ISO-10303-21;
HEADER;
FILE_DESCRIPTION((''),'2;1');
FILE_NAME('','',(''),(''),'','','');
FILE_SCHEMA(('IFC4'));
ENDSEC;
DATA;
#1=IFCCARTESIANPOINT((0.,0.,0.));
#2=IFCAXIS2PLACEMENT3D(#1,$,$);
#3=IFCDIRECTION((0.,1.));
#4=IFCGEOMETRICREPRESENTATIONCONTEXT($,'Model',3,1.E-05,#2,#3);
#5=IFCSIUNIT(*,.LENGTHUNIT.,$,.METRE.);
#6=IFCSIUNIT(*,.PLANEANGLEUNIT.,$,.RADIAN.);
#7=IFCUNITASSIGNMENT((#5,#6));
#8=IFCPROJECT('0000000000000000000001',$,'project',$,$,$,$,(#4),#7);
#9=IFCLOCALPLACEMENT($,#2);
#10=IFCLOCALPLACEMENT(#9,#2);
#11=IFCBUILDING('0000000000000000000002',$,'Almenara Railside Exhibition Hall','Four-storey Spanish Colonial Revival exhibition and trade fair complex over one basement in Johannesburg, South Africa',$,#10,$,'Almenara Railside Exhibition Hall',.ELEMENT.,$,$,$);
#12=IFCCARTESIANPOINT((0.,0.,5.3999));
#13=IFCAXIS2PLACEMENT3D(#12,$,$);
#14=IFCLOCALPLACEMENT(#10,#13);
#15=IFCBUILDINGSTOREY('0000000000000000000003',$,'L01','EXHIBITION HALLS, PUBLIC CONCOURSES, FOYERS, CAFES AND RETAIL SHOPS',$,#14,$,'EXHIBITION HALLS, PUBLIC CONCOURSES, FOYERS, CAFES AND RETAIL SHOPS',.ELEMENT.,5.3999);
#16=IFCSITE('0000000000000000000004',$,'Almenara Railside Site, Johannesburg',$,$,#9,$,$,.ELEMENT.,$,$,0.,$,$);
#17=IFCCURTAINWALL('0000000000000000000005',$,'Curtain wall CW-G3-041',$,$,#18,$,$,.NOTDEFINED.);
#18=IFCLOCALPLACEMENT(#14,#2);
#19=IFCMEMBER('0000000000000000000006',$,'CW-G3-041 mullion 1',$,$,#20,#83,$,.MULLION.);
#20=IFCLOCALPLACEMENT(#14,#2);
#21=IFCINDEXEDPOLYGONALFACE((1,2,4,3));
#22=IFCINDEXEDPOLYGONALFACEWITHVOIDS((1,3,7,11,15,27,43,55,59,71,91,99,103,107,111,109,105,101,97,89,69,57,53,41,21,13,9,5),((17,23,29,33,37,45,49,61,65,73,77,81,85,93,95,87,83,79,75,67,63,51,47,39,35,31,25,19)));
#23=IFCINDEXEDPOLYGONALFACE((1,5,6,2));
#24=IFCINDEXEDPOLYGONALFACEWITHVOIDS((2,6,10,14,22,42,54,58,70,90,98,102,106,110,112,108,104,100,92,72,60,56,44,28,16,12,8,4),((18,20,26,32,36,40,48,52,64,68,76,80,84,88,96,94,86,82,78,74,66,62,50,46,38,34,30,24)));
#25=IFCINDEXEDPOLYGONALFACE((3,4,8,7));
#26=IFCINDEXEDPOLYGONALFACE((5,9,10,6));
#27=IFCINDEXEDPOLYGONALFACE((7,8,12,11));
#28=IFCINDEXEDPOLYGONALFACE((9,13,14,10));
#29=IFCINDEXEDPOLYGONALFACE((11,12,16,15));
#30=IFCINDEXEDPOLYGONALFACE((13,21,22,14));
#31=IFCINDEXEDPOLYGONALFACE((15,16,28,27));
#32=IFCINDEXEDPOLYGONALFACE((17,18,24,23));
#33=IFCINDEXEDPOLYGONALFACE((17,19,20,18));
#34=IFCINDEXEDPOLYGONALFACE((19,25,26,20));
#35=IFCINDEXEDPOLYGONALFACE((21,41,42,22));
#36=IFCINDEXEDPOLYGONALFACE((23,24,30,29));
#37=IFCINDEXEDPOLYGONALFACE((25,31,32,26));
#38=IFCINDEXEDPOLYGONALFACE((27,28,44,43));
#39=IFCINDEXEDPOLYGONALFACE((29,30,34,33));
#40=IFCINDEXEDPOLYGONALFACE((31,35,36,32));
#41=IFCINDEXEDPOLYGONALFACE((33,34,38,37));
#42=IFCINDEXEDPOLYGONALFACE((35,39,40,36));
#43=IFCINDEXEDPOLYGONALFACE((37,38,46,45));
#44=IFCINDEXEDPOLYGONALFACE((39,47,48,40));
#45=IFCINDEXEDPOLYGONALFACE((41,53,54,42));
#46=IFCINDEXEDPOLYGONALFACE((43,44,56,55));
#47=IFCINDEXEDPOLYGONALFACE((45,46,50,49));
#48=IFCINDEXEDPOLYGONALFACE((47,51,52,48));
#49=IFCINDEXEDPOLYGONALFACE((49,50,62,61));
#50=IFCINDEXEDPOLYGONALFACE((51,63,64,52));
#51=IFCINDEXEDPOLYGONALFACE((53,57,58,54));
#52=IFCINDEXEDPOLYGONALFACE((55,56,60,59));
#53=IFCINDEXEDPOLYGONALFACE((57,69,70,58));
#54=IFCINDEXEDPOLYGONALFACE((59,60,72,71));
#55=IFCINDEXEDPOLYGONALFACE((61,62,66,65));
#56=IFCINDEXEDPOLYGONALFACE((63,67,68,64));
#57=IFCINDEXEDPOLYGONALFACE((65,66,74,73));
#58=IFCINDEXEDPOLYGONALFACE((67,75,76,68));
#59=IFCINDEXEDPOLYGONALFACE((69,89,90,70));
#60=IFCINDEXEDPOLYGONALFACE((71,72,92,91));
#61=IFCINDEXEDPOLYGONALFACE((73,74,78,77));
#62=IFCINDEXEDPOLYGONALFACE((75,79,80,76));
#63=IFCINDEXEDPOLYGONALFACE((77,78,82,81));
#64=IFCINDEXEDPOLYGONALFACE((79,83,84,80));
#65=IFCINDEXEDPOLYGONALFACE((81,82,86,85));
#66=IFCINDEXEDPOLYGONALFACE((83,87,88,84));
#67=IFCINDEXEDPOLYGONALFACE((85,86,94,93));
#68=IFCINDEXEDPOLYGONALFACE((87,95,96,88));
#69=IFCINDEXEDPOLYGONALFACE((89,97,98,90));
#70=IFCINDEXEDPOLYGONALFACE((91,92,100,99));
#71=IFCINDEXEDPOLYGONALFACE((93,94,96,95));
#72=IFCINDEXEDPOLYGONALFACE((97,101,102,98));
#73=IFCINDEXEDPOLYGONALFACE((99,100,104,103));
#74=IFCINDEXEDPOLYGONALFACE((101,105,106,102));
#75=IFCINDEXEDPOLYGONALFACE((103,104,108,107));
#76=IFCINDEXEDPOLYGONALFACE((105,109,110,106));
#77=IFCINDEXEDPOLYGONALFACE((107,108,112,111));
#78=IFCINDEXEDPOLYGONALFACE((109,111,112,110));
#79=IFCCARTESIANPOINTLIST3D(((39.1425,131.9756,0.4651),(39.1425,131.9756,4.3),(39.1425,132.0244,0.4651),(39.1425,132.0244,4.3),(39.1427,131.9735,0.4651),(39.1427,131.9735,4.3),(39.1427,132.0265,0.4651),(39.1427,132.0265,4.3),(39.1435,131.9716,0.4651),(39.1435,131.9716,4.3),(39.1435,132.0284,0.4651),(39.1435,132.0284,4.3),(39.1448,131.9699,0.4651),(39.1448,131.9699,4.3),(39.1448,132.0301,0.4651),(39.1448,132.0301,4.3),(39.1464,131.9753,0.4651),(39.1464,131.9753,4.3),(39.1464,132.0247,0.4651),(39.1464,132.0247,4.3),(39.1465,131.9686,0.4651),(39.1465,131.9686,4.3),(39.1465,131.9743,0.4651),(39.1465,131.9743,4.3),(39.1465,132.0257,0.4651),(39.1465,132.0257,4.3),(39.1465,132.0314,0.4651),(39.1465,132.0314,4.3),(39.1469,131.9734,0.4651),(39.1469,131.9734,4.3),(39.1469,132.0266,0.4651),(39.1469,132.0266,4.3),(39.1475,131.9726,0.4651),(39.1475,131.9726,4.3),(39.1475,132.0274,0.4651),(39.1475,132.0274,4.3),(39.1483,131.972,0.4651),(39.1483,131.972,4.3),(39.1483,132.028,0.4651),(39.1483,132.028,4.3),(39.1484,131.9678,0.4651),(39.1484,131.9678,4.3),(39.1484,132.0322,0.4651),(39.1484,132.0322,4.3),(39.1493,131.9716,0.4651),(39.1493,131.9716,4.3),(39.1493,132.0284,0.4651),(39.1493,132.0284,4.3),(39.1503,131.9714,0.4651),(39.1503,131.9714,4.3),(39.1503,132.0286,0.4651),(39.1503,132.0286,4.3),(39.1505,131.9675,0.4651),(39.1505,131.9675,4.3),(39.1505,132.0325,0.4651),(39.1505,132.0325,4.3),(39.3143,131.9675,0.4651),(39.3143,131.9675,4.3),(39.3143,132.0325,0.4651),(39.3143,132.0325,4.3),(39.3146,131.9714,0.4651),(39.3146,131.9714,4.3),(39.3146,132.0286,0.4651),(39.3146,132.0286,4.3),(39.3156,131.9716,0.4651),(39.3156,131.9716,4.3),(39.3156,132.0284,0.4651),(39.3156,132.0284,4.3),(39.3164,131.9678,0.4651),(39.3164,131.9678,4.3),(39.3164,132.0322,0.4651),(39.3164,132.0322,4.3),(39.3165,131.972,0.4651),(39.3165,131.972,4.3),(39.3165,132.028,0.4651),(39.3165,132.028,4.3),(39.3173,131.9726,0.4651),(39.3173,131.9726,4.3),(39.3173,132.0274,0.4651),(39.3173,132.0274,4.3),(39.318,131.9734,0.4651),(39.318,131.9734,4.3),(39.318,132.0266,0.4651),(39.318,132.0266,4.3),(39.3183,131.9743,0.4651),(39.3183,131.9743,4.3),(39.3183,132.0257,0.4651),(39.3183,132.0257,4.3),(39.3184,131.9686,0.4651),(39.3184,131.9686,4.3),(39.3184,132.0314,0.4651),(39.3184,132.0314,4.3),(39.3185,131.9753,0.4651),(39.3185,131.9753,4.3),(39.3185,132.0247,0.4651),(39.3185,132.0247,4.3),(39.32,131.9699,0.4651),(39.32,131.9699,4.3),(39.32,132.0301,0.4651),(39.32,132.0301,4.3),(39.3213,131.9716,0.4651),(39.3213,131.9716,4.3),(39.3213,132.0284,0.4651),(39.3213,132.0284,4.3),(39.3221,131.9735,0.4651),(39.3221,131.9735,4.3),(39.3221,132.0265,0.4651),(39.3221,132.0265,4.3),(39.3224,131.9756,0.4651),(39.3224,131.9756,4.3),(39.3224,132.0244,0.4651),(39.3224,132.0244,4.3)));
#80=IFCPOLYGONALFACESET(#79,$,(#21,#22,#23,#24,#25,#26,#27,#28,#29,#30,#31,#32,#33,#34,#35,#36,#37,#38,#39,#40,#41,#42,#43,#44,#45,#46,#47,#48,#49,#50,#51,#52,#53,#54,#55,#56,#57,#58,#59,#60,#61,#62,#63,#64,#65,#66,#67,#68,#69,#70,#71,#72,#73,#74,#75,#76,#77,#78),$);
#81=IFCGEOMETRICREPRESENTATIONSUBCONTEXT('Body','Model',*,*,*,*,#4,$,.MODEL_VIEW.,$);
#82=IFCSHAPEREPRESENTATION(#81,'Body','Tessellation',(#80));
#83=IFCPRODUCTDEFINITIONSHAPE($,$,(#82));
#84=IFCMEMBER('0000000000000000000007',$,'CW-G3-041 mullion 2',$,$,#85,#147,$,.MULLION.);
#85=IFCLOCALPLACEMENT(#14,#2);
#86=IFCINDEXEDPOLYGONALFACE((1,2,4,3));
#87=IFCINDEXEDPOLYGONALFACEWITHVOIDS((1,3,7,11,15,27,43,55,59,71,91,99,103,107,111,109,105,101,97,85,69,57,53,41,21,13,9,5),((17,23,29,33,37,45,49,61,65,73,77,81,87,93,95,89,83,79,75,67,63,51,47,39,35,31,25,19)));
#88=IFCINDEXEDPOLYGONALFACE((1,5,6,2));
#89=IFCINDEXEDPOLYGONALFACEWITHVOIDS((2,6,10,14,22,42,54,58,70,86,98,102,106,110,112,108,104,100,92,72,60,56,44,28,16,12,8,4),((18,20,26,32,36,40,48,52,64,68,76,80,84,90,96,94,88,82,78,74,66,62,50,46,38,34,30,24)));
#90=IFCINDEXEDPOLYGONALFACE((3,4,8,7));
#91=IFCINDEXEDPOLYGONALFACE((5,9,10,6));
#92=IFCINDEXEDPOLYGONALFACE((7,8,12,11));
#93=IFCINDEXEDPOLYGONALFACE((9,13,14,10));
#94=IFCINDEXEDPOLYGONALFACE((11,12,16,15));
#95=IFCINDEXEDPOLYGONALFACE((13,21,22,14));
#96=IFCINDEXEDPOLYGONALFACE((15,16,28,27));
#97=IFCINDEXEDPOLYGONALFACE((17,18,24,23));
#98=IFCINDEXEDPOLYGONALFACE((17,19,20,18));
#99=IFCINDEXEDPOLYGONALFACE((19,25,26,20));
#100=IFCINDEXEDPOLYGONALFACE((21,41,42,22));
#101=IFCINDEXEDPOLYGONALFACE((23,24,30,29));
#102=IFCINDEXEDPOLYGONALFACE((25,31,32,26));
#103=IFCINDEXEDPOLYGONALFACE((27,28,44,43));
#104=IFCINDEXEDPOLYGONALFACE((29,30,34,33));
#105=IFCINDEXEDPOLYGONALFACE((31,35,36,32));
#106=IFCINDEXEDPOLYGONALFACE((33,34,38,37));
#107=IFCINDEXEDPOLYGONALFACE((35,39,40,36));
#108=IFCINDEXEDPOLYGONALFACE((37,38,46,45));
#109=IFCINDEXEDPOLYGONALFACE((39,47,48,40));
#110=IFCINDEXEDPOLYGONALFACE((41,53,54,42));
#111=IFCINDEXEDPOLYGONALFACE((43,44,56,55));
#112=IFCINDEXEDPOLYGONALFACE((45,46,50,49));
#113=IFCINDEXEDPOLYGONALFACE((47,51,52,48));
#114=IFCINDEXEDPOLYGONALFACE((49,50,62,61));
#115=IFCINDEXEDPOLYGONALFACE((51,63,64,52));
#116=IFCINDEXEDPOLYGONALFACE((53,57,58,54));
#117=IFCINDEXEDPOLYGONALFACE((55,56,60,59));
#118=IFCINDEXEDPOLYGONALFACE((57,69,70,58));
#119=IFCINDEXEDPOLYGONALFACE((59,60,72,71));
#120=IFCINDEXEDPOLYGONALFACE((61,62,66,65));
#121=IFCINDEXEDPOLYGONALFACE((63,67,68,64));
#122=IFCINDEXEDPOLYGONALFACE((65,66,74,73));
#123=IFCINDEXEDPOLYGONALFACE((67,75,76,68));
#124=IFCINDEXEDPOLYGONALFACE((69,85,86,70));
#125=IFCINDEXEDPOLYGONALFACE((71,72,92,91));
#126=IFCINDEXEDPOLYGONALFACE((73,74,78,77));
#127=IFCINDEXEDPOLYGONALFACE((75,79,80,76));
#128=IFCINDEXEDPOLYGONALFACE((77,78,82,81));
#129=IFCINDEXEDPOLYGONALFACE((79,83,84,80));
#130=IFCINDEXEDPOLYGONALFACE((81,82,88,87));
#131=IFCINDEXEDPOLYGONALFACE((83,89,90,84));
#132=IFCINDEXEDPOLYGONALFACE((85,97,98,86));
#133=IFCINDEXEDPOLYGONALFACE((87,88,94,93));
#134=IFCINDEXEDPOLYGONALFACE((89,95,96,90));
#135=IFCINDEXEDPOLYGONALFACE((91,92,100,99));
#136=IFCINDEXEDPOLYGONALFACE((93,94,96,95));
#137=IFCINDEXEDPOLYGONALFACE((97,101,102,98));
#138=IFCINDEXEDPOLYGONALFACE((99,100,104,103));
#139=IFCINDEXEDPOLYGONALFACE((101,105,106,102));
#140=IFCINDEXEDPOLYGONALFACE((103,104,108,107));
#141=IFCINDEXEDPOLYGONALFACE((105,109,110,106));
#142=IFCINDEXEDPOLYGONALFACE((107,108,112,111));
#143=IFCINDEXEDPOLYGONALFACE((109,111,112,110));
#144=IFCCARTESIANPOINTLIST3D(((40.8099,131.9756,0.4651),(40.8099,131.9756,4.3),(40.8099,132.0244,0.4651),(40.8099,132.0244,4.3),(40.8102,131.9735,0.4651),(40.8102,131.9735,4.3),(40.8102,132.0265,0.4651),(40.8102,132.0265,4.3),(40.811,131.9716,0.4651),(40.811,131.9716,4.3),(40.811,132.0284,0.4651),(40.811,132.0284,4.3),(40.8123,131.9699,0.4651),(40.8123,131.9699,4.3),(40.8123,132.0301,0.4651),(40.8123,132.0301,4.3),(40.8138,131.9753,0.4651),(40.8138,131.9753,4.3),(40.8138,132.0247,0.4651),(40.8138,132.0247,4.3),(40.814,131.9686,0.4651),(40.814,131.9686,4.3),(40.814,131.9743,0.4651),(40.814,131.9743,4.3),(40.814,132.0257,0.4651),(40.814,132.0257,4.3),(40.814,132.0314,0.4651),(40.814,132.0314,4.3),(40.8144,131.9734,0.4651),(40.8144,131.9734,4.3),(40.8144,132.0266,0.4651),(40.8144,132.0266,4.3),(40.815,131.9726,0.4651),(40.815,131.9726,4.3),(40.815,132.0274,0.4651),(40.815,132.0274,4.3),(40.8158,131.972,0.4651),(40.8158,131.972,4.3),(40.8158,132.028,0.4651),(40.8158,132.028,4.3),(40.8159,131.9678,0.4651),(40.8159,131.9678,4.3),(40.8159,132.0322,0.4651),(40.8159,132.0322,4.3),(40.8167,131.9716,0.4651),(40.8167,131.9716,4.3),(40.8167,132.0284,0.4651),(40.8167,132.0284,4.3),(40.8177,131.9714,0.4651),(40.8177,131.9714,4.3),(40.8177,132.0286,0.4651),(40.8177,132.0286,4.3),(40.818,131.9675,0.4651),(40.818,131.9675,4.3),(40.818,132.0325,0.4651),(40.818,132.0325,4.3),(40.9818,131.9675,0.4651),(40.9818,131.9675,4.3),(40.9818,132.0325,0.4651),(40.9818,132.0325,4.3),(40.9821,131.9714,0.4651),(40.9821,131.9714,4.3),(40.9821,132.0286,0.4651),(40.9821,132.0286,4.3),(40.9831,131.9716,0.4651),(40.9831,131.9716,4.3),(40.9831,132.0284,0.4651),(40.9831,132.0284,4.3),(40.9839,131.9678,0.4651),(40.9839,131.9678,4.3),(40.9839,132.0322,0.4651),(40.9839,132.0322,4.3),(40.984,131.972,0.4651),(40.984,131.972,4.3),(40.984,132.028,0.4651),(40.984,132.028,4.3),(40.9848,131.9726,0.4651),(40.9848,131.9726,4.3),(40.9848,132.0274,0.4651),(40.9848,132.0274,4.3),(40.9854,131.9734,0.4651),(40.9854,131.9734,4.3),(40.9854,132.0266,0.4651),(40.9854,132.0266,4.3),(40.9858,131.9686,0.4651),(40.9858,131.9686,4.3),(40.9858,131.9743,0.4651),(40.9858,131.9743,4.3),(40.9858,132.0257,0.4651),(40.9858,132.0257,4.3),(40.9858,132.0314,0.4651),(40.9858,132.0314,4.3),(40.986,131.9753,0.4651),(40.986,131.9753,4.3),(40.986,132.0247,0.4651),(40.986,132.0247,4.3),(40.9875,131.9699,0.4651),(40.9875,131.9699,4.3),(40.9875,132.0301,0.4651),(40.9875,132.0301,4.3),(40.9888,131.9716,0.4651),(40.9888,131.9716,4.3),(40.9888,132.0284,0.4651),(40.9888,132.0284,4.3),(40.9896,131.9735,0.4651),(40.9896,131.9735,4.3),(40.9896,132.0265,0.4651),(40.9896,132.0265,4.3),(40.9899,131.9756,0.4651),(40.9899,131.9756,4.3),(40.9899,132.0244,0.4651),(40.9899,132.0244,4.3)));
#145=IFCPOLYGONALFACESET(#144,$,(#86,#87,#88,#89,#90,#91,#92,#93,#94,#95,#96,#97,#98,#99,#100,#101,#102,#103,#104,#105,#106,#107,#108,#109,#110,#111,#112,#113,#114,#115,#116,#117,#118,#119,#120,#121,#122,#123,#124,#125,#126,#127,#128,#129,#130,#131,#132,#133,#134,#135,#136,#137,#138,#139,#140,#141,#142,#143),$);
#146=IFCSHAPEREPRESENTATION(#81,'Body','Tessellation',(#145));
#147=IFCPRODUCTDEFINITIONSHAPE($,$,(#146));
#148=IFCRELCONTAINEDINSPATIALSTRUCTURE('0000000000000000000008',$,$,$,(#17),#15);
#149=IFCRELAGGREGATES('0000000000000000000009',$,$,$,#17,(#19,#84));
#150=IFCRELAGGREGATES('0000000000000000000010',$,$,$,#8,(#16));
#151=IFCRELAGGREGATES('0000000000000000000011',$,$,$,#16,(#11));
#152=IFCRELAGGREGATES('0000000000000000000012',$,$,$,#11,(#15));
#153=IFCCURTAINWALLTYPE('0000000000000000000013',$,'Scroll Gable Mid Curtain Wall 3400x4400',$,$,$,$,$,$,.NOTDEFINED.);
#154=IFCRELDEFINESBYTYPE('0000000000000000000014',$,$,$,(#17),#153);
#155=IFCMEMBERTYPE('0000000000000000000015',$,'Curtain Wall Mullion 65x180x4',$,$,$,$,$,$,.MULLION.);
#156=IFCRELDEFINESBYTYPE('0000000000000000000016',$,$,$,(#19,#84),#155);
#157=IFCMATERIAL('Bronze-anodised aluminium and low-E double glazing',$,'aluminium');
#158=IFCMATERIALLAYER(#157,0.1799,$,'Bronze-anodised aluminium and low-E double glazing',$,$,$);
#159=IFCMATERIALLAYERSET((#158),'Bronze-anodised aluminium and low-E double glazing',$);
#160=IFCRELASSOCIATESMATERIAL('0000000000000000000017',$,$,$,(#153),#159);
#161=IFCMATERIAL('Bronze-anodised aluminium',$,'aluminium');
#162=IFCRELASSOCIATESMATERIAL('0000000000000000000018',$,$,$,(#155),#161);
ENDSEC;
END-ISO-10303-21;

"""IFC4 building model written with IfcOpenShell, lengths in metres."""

from ifc_helpers import new_model, si_unit, direction, frame, origin, origin_2d, place, context, subcontext, project, spatial, hollow_rectangle, extrude, material, layer, layer_set, material_profile, profile_set, type_object, element, aggregate, save


model = new_model("IFC4")

# Units and contexts
model_context = context("Model", 3, precision=1e-05, world=origin(), true_north=direction((0.0, 1.0)))
body_context = subcontext(model_context, "Body", "Model", "MODEL_VIEW")
ifc_project = project(units=[si_unit("LENGTHUNIT", "METRE"), si_unit("PLANEANGLEUNIT", "RADIAN")], contexts=[model_context])

# Site, building, storey
site_placement = place(None, origin())
site = spatial("IfcSite", under=ifc_project, at=site_placement, Name="Almenara Railside Site, Johannesburg", CompositionType="ELEMENT", RefElevation=0.0)
building_placement = place(site_placement, origin())
building = spatial("IfcBuilding", under=site, at=building_placement, Name="Almenara Railside Exhibition Hall", Description="Four-storey Spanish Colonial Revival exhibition and trade fair complex over one basement in Johannesburg, South Africa", LongName="Almenara Railside Exhibition Hall", CompositionType="ELEMENT")
storey_placement = place(building_placement, frame((0.0, 0.0, 5.3999)))
storey = spatial("IfcBuildingStorey", under=building, at=storey_placement, Name="L01", Description="EXHIBITION HALLS, PUBLIC CONCOURSES, FOYERS, CAFES AND RETAIL SHOPS", LongName="EXHIBITION HALLS, PUBLIC CONCOURSES, FOYERS, CAFES AND RETAIL SHOPS", CompositionType="ELEMENT", Elevation=5.3999)

# Curtain wall, members
ifc_material_1 = material(Name="Bronze-anodised aluminium and low-E double glazing", Category="aluminium")
ifc_layer_1 = layer(ifc_material_1, 0.1799, Name="Bronze-anodised aluminium and low-E double glazing")
ifc_layer_set_1 = layer_set([ifc_layer_1], Name="Bronze-anodised aluminium and low-E double glazing")
curtain_wall_type = type_object("IfcCurtainWallType", Name="Scroll Gable Mid Curtain Wall 3400x4400", PredefinedType="NOTDEFINED", material=ifc_layer_set_1)
curtain_wall_placement = place(storey_placement, origin())
curtain_wall = element("IfcCurtainWall", 1, at=curtain_wall_placement, inside=storey, type_object=curtain_wall_type, Name="Curtain wall CW-G3-041", PredefinedType="NOTDEFINED")
ifc_material_2 = material(Name="Bronze-anodised aluminium", Category="aluminium")
ifc_material_profile_1 = material_profile(ifc_material_2, hollow_rectangle(XDim=0.0649, YDim=0.1799, WallThickness=0.0039, InnerFilletRadius=0.0039, OuterFilletRadius=0.0081, at=origin_2d()), Name="ALU-MUL 65x180x4")
ifc_profile_set_1 = profile_set([ifc_material_profile_1], Name="Bronze-anodised aluminium")
member_type_1 = type_object("IfcMemberType", Name="Curtain Wall Mullion 65x180x4", PredefinedType="MULLION", material=ifc_profile_set_1)
member_1_placement = place(storey_placement, frame((39.2324, 132.0, 0.4651), z_axis=(0.0, 0.0, 1.0), x_axis=(0.0, 1.0, 0.0)))
member_1 = element("IfcMember", 2, at=member_1_placement, type_object=member_type_1, Name="CW-G3-041 mullion 1", PredefinedType="MULLION", context=body_context, shape_type="SweptSolid", body=[
    extrude(hollow_rectangle(XDim=0.0649, YDim=0.1799, WallThickness=0.0039, InnerFilletRadius=0.0039, OuterFilletRadius=0.0081, at=origin_2d()), origin(), (0.0, 0.0, 1.0), 3.835),
])
member_2_placement = place(storey_placement, frame((40.8999, 132.0, 0.4651), z_axis=(0.0, 0.0, 1.0), x_axis=(0.0, 1.0, 0.0)))
member_2 = element("IfcMember", 3, at=member_2_placement, type_object=member_type_1, Name="CW-G3-041 mullion 2", PredefinedType="MULLION", context=body_context, shape_type="SweptSolid", body=[
    extrude(hollow_rectangle(XDim=0.0649, YDim=0.1799, WallThickness=0.0039, InnerFilletRadius=0.0039, OuterFilletRadius=0.0081, at=origin_2d()), origin(), (0.0, 0.0, 1.0), 3.835),
])

aggregate(curtain_wall, [member_1, member_2])

save(model, "model.ifc")
